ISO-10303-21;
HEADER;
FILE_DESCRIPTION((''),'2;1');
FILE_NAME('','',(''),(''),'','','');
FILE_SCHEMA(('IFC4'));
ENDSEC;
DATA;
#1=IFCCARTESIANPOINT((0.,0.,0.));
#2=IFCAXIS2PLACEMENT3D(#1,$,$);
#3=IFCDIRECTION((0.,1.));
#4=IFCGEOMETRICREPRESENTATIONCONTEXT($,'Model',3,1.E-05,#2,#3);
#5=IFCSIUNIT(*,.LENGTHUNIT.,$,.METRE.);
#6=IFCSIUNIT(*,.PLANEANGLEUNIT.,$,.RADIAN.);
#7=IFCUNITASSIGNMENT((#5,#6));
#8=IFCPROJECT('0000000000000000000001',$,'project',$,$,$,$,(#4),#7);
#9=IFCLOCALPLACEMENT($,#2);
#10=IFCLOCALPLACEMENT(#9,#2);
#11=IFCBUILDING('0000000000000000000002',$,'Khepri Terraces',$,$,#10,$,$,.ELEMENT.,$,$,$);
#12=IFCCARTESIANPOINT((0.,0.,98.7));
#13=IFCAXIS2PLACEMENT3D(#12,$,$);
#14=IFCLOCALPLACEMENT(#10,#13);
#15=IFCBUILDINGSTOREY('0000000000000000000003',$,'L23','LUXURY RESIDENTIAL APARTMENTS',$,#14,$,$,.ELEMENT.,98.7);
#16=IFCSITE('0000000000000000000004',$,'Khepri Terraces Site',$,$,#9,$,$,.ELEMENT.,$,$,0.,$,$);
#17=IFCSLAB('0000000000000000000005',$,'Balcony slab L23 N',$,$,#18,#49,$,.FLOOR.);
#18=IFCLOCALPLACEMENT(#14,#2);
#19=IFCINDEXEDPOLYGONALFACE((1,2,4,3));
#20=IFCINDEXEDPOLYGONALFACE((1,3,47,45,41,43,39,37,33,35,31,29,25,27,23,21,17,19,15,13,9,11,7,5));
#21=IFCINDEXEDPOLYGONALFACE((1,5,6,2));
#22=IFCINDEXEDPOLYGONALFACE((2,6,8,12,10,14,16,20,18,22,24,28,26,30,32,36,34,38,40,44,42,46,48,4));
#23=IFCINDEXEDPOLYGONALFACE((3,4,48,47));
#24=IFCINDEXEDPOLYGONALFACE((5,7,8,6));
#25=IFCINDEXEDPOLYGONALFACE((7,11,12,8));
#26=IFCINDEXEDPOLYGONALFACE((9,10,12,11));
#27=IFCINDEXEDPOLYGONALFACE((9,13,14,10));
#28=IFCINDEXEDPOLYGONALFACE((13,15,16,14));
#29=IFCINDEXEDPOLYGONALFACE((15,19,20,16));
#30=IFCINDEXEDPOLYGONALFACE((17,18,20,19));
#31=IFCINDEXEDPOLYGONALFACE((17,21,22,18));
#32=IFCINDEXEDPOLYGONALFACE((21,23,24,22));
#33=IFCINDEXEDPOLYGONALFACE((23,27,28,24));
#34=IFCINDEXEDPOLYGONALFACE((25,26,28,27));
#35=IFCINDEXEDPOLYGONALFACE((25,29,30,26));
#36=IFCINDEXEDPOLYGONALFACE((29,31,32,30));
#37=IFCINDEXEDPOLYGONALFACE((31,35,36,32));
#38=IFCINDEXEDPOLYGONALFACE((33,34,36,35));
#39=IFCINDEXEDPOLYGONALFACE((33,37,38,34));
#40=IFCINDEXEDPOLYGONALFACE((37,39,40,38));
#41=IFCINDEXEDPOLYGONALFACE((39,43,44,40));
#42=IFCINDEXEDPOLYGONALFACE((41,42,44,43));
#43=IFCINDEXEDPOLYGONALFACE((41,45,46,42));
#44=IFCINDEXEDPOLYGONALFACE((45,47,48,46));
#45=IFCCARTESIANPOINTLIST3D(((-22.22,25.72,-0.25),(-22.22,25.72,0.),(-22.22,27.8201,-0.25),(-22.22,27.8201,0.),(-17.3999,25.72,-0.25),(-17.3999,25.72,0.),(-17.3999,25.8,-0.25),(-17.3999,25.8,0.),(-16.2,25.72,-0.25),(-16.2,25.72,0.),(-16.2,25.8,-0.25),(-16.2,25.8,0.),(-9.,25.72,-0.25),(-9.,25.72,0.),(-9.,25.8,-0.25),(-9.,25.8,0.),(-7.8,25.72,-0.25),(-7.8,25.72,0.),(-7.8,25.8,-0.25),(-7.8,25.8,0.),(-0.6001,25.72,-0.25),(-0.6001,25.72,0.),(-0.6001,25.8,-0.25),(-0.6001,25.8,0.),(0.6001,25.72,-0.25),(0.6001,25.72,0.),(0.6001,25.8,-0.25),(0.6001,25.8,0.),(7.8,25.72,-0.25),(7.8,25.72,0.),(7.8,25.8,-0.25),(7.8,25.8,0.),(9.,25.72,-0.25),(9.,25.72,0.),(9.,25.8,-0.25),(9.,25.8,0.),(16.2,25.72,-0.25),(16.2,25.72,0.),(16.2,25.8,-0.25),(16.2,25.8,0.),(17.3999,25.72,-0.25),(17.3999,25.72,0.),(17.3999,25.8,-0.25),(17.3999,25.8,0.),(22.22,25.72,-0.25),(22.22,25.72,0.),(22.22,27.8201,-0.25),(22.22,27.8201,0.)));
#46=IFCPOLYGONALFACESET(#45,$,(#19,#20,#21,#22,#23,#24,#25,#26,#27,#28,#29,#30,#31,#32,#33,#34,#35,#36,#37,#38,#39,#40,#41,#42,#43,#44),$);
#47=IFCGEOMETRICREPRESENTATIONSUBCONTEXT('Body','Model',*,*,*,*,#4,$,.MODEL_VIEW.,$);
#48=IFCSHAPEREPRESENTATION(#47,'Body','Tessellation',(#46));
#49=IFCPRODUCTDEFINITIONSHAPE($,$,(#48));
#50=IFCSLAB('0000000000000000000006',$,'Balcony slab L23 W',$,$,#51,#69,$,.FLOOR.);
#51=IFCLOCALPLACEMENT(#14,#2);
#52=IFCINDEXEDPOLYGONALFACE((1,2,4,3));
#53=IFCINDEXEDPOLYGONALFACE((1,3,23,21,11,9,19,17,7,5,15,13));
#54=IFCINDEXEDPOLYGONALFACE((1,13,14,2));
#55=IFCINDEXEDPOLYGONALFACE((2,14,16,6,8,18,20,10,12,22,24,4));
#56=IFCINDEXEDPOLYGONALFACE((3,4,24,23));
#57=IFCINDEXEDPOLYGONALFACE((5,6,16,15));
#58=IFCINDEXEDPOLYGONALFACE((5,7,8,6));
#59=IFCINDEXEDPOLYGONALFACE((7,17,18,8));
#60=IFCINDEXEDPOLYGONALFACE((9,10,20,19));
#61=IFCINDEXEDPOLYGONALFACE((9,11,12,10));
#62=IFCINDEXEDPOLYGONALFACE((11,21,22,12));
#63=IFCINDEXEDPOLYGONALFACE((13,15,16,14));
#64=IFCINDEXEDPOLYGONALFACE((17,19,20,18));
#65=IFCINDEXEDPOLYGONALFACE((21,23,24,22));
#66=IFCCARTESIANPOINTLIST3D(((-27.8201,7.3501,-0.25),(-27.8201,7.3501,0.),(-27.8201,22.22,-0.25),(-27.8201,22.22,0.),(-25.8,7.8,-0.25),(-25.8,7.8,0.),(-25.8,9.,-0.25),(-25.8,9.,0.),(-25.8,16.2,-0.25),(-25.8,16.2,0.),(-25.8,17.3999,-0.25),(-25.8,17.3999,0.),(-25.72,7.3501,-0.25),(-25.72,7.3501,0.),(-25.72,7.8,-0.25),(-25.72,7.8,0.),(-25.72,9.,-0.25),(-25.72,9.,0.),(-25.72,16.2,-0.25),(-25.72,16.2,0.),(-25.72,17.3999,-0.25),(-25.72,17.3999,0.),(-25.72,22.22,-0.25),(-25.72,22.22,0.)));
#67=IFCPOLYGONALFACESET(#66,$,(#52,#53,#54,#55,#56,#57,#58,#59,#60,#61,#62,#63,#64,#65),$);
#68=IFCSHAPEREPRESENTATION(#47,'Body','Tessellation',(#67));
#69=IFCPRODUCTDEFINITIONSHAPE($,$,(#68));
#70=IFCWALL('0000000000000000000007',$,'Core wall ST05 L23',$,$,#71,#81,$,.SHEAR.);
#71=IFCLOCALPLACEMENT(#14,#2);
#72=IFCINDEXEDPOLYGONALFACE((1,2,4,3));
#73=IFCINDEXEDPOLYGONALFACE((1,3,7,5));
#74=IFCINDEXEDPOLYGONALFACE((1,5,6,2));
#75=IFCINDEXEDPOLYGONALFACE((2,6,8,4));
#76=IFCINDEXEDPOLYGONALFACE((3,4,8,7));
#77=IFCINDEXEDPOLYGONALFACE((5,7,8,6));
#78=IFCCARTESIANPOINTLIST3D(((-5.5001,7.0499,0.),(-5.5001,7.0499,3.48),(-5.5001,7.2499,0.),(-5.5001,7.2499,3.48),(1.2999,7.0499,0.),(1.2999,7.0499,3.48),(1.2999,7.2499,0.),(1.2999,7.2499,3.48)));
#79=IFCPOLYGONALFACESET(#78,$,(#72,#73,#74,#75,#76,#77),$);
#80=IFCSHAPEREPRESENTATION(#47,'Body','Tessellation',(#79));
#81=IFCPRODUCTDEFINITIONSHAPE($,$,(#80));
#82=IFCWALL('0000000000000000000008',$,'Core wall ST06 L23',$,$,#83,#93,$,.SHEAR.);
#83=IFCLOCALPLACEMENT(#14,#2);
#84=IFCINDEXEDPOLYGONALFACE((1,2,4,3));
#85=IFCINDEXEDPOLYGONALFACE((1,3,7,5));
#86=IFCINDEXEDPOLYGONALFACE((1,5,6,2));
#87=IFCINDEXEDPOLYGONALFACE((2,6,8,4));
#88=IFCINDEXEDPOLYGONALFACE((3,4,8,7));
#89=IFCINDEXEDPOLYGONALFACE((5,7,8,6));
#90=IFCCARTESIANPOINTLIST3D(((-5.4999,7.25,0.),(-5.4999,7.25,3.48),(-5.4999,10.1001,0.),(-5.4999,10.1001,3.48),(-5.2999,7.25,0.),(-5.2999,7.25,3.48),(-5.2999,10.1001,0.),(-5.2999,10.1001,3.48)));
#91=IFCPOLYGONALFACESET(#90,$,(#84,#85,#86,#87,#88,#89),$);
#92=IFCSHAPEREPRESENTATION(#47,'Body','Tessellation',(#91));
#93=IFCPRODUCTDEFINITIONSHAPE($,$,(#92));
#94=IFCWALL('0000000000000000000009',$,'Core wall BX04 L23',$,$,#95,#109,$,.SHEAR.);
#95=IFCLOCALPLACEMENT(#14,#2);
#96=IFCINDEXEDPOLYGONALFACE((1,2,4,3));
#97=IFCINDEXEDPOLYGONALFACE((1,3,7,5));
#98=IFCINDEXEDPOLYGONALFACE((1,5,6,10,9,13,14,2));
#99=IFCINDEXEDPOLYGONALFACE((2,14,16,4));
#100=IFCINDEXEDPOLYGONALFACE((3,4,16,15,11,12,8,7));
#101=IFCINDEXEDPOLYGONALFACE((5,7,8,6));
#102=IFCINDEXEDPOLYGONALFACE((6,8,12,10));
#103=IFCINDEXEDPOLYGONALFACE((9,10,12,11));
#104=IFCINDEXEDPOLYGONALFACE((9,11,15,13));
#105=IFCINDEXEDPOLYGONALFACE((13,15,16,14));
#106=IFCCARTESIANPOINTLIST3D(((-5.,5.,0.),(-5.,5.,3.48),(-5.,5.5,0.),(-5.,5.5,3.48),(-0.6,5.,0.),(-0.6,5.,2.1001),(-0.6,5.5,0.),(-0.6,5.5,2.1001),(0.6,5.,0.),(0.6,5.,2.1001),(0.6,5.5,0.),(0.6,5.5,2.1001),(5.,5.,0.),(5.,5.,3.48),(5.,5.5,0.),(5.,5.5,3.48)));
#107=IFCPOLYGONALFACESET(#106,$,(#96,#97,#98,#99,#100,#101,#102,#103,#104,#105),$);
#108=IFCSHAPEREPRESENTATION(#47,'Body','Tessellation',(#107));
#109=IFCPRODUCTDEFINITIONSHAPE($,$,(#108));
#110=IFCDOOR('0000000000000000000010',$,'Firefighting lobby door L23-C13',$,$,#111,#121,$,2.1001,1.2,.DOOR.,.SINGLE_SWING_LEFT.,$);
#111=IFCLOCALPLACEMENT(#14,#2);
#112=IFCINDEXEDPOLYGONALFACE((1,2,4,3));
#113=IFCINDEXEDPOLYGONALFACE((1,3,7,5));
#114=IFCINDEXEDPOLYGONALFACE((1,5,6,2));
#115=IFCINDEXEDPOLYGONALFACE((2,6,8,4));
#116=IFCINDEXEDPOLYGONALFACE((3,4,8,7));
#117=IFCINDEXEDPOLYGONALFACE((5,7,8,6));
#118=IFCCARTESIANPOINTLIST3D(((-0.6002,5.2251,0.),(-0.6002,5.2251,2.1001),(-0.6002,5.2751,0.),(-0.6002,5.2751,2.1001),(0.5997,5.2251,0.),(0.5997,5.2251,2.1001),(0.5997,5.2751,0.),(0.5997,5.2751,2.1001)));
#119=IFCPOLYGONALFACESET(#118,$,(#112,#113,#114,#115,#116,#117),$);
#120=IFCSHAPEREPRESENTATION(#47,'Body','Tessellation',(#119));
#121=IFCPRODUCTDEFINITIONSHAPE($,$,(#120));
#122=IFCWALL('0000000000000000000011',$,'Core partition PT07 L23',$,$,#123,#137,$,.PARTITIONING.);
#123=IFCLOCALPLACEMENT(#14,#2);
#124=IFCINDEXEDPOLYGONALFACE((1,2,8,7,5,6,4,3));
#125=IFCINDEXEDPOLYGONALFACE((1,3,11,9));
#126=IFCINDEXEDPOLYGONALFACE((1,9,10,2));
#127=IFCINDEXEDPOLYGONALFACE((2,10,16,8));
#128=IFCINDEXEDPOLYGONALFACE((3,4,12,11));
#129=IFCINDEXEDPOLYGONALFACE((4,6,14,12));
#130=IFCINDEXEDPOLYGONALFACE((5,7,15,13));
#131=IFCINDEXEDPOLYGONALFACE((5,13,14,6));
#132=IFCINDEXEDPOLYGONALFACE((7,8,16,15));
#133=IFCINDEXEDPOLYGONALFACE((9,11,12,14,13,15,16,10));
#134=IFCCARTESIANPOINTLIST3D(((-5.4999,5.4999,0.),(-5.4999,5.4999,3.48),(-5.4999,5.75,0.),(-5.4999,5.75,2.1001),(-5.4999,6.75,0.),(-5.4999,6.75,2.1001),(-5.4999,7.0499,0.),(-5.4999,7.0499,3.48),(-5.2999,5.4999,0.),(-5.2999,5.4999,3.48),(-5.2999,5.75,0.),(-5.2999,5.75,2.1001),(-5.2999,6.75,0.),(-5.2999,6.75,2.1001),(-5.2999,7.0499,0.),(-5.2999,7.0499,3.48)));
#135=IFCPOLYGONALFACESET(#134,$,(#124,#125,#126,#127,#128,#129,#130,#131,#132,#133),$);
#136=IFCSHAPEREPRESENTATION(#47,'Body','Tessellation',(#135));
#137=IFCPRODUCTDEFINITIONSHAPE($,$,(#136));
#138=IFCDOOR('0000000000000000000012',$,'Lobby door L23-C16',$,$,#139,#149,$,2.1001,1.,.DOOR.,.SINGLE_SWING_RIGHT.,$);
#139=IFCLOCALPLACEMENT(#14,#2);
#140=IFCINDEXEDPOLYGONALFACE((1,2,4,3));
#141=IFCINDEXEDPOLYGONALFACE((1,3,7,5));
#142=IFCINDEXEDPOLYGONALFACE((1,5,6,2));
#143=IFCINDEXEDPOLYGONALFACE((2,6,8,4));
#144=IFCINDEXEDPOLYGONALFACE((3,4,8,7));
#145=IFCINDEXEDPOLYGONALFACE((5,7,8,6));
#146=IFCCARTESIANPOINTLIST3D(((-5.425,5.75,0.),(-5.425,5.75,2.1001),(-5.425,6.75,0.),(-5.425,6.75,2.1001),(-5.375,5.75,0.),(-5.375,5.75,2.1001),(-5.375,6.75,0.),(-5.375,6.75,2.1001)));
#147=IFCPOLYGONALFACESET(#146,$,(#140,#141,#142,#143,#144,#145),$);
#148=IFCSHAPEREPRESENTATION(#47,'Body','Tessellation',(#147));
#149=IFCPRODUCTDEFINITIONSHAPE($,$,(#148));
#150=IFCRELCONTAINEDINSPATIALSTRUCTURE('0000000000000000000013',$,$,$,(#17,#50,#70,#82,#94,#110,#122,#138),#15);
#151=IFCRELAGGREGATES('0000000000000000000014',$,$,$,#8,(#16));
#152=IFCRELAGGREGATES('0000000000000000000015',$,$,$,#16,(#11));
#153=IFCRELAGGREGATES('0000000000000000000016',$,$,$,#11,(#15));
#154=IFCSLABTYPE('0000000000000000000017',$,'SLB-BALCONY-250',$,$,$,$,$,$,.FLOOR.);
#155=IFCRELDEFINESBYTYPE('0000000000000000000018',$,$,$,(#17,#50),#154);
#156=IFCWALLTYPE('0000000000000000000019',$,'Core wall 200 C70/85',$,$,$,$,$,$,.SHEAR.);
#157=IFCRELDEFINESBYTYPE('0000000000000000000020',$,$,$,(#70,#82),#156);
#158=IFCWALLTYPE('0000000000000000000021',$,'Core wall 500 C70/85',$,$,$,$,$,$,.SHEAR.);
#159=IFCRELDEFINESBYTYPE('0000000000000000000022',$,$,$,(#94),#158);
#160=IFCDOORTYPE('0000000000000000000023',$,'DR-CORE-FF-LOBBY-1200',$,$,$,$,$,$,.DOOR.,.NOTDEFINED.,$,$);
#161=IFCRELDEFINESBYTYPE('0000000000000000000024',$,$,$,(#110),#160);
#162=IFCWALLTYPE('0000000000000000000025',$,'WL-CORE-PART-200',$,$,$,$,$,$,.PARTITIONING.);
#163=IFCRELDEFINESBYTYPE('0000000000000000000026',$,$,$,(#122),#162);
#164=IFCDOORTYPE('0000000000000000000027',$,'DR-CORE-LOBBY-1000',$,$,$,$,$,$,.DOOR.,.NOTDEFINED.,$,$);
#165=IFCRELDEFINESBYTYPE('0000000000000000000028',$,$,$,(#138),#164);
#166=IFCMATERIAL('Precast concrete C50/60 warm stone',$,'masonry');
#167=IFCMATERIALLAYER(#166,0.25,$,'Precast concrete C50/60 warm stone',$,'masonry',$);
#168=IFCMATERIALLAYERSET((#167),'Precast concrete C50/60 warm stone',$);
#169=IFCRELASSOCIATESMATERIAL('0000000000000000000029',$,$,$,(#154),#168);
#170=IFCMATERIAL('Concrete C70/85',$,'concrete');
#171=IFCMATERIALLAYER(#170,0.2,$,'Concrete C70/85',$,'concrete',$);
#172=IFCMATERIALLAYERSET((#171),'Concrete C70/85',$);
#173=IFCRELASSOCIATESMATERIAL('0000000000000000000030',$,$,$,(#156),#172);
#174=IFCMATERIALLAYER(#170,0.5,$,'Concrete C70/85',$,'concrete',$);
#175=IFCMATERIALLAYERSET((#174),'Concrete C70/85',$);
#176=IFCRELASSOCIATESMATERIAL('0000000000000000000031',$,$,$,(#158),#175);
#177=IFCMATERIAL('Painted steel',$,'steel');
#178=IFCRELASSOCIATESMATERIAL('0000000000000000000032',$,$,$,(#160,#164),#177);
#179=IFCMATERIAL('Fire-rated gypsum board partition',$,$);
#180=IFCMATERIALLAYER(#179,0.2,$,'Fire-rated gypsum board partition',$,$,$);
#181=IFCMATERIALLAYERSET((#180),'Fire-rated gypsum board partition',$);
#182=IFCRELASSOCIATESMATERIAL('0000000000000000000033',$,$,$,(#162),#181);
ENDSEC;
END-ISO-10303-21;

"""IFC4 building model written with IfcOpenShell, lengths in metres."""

from ifc_helpers import new_model, si_unit, direction, frame, frame_2d, origin, place, context, subcontext, project, spatial, polyline, rectangle, outline, extrude, material, layer, layer_set, type_object, element, fill, save


model = new_model("IFC4")

# Units and contexts
model_context = context("Model", 3, precision=1e-05, world=origin(), true_north=direction((0.0, 1.0)))
body_context = subcontext(model_context, "Body", "Model", "MODEL_VIEW")
ifc_project = project(units=[si_unit("LENGTHUNIT", "METRE"), si_unit("PLANEANGLEUNIT", "RADIAN")], contexts=[model_context])

# Site, building, storey
site_placement = place(None, origin())
site = spatial("IfcSite", under=ifc_project, at=site_placement, Name="Khepri Terraces Site", CompositionType="ELEMENT", RefElevation=0.0)
building_placement = place(site_placement, origin())
building = spatial("IfcBuilding", under=site, at=building_placement, Name="Khepri Terraces", CompositionType="ELEMENT")
storey_placement = place(building_placement, frame((0.0, 0.0, 98.7)))
storey = spatial("IfcBuildingStorey", under=building, at=storey_placement, Name="L23", Description="LUXURY RESIDENTIAL APARTMENTS", CompositionType="ELEMENT", Elevation=98.7)

# Slabs
ifc_material_1 = material(Name="Precast concrete C50/60 warm stone", Category="masonry")
ifc_layer_1 = layer(ifc_material_1, 0.25, Name="Precast concrete C50/60 warm stone", Category="masonry")
ifc_layer_set_1 = layer_set([ifc_layer_1], Name="Precast concrete C50/60 warm stone")
slab_type_1 = type_object("IfcSlabType", Name="SLB-BALCONY-250", PredefinedType="FLOOR", material=ifc_layer_set_1)
slab_1_placement = place(storey_placement, frame((0.0, 0.0, -0.25)))
element("IfcSlab", 1, at=slab_1_placement, inside=storey, type_object=slab_type_1, Name="Balcony slab L23 N", PredefinedType="FLOOR", context=body_context, shape_type="SweptSolid", body=[
    extrude(outline(polyline([(17.3999, 25.72), (22.22, 25.72), (22.22, 27.8201), (-22.22, 27.8201), (-22.22, 25.72), (-17.3999, 25.72), (-17.3999, 25.8), (-16.2, 25.8), (-16.2, 25.72), (-9.0, 25.72), (-9.0, 25.8), (-7.8, 25.8), (-7.8, 25.72), (-0.6001, 25.72), (-0.6001, 25.8), (0.6001, 25.8), (0.6001, 25.72), (7.8, 25.72), (7.8, 25.8), (9.0, 25.8), (9.0, 25.72), (16.2, 25.72), (16.2, 25.8), (17.3999, 25.8), (17.3999, 25.72)])), origin(), (0.0, 0.0, 1.0), 0.25),
])
slab_2_placement = place(storey_placement, frame((0.0, 0.0, -0.25)))
element("IfcSlab", 2, at=slab_2_placement, inside=storey, type_object=slab_type_1, Name="Balcony slab L23 W", PredefinedType="FLOOR", context=body_context, shape_type="SweptSolid", body=[
    extrude(outline(polyline([(-25.72, 17.3999), (-25.72, 22.22), (-27.8201, 22.22), (-27.8201, 7.3501), (-25.72, 7.3501), (-25.72, 7.8), (-25.8, 7.8), (-25.8, 9.0), (-25.72, 9.0), (-25.72, 16.2), (-25.8, 16.2), (-25.8, 17.3999), (-25.72, 17.3999)])), origin(), (0.0, 0.0, 1.0), 0.25),
])

# Walls
ifc_material_2 = material(Name="Concrete C70/85", Category="concrete")
ifc_layer_2 = layer(ifc_material_2, 0.2, Name="Concrete C70/85", Category="concrete")
ifc_layer_set_2 = layer_set([ifc_layer_2], Name="Concrete C70/85")
wall_type_1 = type_object("IfcWallType", Name="Core wall 200 C70/85", PredefinedType="SHEAR", material=ifc_layer_set_2)
wall_1_placement = place(storey_placement, frame((-5.5, 7.1499, 0.0), z_axis=(0.0, 0.0, 1.0), x_axis=(1.0, 0.0, 0.0)))
element("IfcWall", 3, at=wall_1_placement, inside=storey, type_object=wall_type_1, Name="Core wall ST05 L23", PredefinedType="SHEAR", context=body_context, shape_type="SweptSolid", body=[
    extrude(rectangle(XDim=6.8, YDim=0.2, at=frame_2d((3.3999, 0.0))), origin(), (0.0, 0.0, 1.0), 3.48),
])
wall_2_placement = place(storey_placement, frame((-5.3999, 7.25, 0.0), z_axis=(0.0, 0.0, 1.0), x_axis=(0.0, 1.0, 0.0)))
element("IfcWall", 4, at=wall_2_placement, inside=storey, type_object=wall_type_1, Name="Core wall ST06 L23", PredefinedType="SHEAR", context=body_context, shape_type="SweptSolid", body=[
    extrude(rectangle(XDim=2.8501, YDim=0.2, at=frame_2d((1.425, 0.0))), origin(), (0.0, 0.0, 1.0), 3.48),
])

# Walls, openings, doors
ifc_layer_3 = layer(ifc_material_2, 0.5, Name="Concrete C70/85", Category="concrete")
ifc_layer_set_3 = layer_set([ifc_layer_3], Name="Concrete C70/85")
wall_type_2 = type_object("IfcWallType", Name="Core wall 500 C70/85", PredefinedType="SHEAR", material=ifc_layer_set_3)
wall_3_placement = place(storey_placement, frame((-5.0, 5.25, 0.0), z_axis=(0.0, 0.0, 1.0), x_axis=(1.0, 0.0, 0.0)))
wall_3 = element("IfcWall", 5, at=wall_3_placement, inside=storey, type_object=wall_type_2, Name="Core wall BX04 L23", PredefinedType="SHEAR", context=body_context, shape_type="SweptSolid", body=[
    extrude(rectangle(XDim=10.0, YDim=0.5, at=frame_2d((5.0, 0.0))), origin(), (0.0, 0.0, 1.0), 3.48),
])
opening_1_placement = place(wall_3_placement, frame((4.3999, 0.0, 0.0)))
opening_1 = element("IfcOpeningElement", 6, at=opening_1_placement, cuts=wall_3, PredefinedType="OPENING", context=body_context, shape_type="SweptSolid", body=[
    extrude(rectangle(XDim=1.2, YDim=2.1001, at=frame_2d((0.6001, 1.05))), frame((0.0, 0.26, 0.0), z_axis=(0.0, -1.0, 0.0), x_axis=(1.0, 0.0, 0.0)), (0.0, 0.0, 1.0), 0.52),
])
ifc_material_3 = material(Name="Painted steel", Category="steel")
door_type_1 = type_object("IfcDoorType", Name="DR-CORE-FF-LOBBY-1200", OperationType="NOTDEFINED", PredefinedType="DOOR", material=ifc_material_3)
door_1_placement = place(opening_1_placement, frame((1.2, 0.0, 0.0), z_axis=(0.0, 0.0, 1.0), x_axis=(-1.0, 0.0, 0.0)))
door_1 = element("IfcDoor", 7, at=door_1_placement, inside=storey, type_object=door_type_1, Name="Firefighting lobby door L23-C13", OperationType="SINGLE_SWING_LEFT", OverallHeight=2.1001, OverallWidth=1.2, PredefinedType="DOOR", context=body_context, shape_type="SweptSolid", body=[
    extrude(rectangle(XDim=1.2, YDim=2.1001, at=frame_2d((0.6001, 1.05))), frame((0.0, 0.0249, 0.0), z_axis=(0.0, -1.0, 0.0), x_axis=(1.0, 0.0, 0.0)), (0.0, 0.0, 1.0), 0.05),
])
fill(opening_1, door_1)
ifc_material_4 = material(Name="Fire-rated gypsum board partition")
ifc_layer_4 = layer(ifc_material_4, 0.2, Name="Fire-rated gypsum board partition")
ifc_layer_set_4 = layer_set([ifc_layer_4], Name="Fire-rated gypsum board partition")
wall_type_3 = type_object("IfcWallType", Name="WL-CORE-PART-200", PredefinedType="PARTITIONING", material=ifc_layer_set_4)
wall_4_placement = place(storey_placement, frame((-5.3999, 5.5, 0.0), z_axis=(0.0, 0.0, 1.0), x_axis=(0.0, 1.0, 0.0)))
wall_4 = element("IfcWall", 8, at=wall_4_placement, inside=storey, type_object=wall_type_3, Name="Core partition PT07 L23", PredefinedType="PARTITIONING", context=body_context, shape_type="SweptSolid", body=[
    extrude(rectangle(XDim=1.55, YDim=0.2, at=frame_2d((0.7749, 0.0))), origin(), (0.0, 0.0, 1.0), 3.48),
])
opening_2_placement = place(wall_4_placement, frame((0.25, 0.0, 0.0)))
opening_2 = element("IfcOpeningElement", 9, at=opening_2_placement, cuts=wall_4, PredefinedType="OPENING", context=body_context, shape_type="SweptSolid", body=[
    extrude(rectangle(XDim=1.0, YDim=2.1001, at=frame_2d((0.5, 1.05))), frame((0.0, 0.1099, 0.0), z_axis=(0.0, -1.0, 0.0), x_axis=(1.0, 0.0, 0.0)), (0.0, 0.0, 1.0), 0.22),
])
door_type_2 = type_object("IfcDoorType", Name="DR-CORE-LOBBY-1000", OperationType="NOTDEFINED", PredefinedType="DOOR", material=ifc_material_3)
door_2_placement = place(opening_2_placement, frame((1.0, 0.0, 0.0), z_axis=(0.0, 0.0, 1.0), x_axis=(-1.0, 0.0, 0.0)))
door_2 = element("IfcDoor", 10, at=door_2_placement, inside=storey, type_object=door_type_2, Name="Lobby door L23-C16", OperationType="SINGLE_SWING_RIGHT", OverallHeight=2.1001, OverallWidth=1.0, PredefinedType="DOOR", context=body_context, shape_type="SweptSolid", body=[
    extrude(rectangle(XDim=1.0, YDim=2.1001, at=frame_2d((0.5, 1.05))), frame((0.0, 0.0249, 0.0), z_axis=(0.0, -1.0, 0.0), x_axis=(1.0, 0.0, 0.0)), (0.0, 0.0, 1.0), 0.05),
])
fill(opening_2, door_2)

save(model, "model.ifc")
